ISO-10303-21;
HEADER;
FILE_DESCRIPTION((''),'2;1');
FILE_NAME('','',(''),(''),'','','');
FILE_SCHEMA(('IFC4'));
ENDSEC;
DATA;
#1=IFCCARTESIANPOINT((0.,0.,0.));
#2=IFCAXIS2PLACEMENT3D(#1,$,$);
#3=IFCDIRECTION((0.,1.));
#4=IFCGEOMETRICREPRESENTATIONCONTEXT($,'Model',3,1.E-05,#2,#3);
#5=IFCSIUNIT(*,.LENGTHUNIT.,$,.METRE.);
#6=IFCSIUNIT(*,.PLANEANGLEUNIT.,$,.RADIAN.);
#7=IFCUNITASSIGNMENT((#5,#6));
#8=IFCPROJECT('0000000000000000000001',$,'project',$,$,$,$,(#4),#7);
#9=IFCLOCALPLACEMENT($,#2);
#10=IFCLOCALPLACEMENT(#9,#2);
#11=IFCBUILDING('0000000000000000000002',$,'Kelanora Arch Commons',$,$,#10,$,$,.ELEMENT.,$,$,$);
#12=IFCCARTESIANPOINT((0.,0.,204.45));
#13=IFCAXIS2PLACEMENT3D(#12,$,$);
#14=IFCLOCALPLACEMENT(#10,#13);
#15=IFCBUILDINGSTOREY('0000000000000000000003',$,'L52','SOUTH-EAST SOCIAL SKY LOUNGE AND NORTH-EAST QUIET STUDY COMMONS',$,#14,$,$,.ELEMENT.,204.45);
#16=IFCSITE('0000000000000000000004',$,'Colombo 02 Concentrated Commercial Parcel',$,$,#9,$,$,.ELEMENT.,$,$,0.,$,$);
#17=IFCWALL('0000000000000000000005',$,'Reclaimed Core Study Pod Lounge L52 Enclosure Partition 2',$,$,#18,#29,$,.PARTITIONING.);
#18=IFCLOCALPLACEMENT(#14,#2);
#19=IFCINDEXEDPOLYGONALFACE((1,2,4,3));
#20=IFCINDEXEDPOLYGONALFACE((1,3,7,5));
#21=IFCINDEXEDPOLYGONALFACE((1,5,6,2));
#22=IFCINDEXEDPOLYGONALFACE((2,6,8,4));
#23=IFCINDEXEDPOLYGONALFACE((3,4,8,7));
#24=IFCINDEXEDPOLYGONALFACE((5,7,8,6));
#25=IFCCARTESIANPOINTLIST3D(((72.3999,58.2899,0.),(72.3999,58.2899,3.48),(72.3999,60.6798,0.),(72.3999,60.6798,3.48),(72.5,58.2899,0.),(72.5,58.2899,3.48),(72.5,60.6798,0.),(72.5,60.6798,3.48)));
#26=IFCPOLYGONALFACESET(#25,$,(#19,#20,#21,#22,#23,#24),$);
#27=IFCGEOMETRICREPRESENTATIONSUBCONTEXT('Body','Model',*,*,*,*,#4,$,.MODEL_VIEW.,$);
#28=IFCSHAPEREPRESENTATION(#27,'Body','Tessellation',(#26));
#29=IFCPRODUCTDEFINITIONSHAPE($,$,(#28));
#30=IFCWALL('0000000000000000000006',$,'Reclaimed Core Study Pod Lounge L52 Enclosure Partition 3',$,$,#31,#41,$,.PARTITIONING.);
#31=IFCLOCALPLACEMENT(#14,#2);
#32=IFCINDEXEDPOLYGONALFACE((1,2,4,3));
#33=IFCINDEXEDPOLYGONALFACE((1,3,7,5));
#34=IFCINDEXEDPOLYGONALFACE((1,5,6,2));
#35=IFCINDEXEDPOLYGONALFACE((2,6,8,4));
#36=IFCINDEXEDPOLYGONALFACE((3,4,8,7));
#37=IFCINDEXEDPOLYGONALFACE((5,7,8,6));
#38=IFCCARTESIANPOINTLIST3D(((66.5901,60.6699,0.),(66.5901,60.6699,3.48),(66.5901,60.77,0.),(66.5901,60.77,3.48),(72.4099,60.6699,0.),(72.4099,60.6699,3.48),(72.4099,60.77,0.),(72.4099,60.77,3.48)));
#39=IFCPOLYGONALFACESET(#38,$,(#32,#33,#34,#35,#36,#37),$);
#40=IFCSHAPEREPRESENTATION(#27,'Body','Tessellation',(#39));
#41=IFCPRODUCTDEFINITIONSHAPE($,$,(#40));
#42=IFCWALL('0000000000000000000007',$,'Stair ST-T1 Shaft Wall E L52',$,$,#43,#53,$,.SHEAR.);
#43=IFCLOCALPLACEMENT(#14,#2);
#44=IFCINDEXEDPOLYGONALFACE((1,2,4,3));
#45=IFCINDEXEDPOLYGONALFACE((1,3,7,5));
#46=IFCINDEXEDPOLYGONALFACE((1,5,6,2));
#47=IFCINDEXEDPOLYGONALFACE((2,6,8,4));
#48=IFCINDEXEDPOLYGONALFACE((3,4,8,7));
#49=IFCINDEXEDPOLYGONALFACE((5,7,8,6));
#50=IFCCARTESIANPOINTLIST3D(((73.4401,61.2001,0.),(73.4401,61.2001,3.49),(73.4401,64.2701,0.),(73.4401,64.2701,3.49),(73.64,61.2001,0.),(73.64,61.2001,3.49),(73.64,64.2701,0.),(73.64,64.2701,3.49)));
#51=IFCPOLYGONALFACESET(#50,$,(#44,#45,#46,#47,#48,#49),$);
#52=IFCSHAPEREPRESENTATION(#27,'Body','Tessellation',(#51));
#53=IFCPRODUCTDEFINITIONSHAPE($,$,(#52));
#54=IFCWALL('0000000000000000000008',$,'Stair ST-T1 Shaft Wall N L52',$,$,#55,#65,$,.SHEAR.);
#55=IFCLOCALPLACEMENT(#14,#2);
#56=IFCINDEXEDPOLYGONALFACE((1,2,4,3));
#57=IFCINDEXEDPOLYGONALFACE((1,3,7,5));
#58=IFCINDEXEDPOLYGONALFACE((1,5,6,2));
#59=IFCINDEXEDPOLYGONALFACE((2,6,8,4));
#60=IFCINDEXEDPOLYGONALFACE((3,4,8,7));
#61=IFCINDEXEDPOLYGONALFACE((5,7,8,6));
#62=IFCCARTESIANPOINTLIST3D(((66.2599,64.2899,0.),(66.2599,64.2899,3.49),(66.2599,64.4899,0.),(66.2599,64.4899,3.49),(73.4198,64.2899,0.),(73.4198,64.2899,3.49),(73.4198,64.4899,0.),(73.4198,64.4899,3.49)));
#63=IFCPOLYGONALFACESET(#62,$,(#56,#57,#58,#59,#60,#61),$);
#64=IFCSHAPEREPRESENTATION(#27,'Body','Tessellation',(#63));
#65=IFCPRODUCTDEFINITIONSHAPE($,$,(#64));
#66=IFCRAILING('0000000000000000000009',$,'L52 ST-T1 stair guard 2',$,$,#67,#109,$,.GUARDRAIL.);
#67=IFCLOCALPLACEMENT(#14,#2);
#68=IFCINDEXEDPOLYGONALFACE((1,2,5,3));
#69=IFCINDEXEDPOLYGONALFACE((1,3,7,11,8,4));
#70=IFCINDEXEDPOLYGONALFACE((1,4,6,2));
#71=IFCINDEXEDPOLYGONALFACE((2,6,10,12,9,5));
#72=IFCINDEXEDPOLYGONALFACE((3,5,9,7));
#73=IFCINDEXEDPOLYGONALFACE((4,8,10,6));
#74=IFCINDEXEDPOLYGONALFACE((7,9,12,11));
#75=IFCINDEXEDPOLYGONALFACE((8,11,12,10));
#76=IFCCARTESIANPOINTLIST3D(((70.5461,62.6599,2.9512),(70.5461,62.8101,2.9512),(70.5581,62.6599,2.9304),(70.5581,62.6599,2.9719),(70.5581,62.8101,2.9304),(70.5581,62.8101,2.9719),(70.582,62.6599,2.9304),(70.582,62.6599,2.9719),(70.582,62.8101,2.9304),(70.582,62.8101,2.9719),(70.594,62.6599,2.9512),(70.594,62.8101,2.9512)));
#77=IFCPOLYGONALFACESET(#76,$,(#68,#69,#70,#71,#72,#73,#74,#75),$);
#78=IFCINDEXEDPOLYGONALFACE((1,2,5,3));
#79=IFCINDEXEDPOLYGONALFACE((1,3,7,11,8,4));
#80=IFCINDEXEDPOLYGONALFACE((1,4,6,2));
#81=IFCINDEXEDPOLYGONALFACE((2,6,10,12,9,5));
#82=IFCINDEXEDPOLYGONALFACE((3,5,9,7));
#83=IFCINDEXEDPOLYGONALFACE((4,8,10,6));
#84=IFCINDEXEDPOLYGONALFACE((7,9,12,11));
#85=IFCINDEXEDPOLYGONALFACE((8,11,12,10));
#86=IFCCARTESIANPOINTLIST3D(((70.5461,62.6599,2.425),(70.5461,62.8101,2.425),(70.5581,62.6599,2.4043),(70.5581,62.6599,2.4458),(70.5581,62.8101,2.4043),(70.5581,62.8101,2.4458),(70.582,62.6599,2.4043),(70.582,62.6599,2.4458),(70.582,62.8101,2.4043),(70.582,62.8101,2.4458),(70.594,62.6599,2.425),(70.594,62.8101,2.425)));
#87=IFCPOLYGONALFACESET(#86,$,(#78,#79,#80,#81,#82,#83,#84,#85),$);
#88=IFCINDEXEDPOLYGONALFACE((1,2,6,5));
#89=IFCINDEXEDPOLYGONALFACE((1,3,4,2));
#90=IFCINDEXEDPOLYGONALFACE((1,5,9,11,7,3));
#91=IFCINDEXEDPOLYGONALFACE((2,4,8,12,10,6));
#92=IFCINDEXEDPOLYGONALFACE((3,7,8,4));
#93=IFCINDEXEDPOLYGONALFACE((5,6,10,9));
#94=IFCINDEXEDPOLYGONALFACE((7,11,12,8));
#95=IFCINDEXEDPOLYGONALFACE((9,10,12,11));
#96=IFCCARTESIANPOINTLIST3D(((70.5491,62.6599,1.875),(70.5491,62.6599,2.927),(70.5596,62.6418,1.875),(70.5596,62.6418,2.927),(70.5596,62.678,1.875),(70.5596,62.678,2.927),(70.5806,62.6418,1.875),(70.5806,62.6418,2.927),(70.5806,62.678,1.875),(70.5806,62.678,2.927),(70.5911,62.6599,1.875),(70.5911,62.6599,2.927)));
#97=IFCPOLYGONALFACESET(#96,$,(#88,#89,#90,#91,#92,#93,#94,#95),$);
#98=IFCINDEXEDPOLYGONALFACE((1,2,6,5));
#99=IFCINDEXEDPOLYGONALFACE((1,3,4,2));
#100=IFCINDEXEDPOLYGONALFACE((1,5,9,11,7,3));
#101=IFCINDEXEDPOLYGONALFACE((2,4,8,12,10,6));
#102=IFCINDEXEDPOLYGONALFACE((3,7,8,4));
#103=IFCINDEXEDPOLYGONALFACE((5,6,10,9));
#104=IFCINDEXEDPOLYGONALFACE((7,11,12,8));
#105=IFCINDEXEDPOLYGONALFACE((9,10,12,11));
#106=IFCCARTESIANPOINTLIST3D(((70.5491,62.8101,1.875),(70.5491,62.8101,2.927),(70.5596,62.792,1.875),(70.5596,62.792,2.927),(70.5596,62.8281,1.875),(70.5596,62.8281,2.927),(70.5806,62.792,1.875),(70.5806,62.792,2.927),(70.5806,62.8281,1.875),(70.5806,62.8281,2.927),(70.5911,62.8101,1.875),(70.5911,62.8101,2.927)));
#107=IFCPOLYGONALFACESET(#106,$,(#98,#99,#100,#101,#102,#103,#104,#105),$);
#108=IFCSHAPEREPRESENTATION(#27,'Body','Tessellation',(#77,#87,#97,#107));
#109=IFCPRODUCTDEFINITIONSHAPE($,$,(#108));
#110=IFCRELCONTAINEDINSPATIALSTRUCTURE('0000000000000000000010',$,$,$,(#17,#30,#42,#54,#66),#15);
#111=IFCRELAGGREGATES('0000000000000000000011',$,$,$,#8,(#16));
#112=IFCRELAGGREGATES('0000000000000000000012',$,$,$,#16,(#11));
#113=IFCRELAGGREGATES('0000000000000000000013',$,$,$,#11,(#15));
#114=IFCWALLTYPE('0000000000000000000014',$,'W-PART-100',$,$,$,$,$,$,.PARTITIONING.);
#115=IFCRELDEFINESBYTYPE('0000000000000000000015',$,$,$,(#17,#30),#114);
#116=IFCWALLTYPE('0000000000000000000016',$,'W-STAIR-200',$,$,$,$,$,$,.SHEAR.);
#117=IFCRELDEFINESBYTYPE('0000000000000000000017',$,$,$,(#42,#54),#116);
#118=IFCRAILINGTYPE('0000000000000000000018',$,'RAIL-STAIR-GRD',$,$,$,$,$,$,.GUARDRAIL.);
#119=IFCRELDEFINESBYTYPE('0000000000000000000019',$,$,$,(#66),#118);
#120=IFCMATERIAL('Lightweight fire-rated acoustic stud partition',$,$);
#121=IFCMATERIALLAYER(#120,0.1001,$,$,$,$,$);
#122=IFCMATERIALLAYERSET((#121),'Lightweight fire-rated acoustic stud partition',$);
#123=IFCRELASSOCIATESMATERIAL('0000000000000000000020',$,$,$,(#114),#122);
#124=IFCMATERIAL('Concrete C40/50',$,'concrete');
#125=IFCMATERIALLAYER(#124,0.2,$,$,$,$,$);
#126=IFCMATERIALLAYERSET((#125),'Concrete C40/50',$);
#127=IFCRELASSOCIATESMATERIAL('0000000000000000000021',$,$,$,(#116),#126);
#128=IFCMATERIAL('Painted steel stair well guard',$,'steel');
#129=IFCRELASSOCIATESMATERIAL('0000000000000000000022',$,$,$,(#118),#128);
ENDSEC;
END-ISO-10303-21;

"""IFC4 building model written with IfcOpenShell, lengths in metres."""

from ifc_helpers import new_model, si_unit, direction, frame, frame_2d, origin, place, context, subcontext, project, spatial, polyline, rectangle, outline, extrude, material, layer, layer_set, type_object, element, save


model = new_model("IFC4")

# Units and contexts
model_context = context("Model", 3, precision=1e-05, world=origin(), true_north=direction((0.0, 1.0)))
body_context = subcontext(model_context, "Body", "Model", "MODEL_VIEW")
ifc_project = project(units=[si_unit("LENGTHUNIT", "METRE"), si_unit("PLANEANGLEUNIT", "RADIAN")], contexts=[model_context])

# Site, building, storey
site_placement = place(None, origin())
site = spatial("IfcSite", under=ifc_project, at=site_placement, Name="Colombo 02 Concentrated Commercial Parcel", CompositionType="ELEMENT", RefElevation=0.0)
building_placement = place(site_placement, origin())
building = spatial("IfcBuilding", under=site, at=building_placement, Name="Kelanora Arch Commons", CompositionType="ELEMENT")
storey_placement = place(building_placement, frame((0.0, 0.0, 204.45)))
storey = spatial("IfcBuildingStorey", under=building, at=storey_placement, Name="L52", Description="SOUTH-EAST SOCIAL SKY LOUNGE AND NORTH-EAST QUIET STUDY COMMONS", CompositionType="ELEMENT", Elevation=204.45)

# Shared definitions
ifc_material_1 = material(Name="Concrete C40/50", Category="concrete")

# Walls
ifc_material_2 = material(Name="Lightweight fire-rated acoustic stud partition")
ifc_layer_1 = layer(ifc_material_2, 0.1001)
ifc_layer_set_1 = layer_set([ifc_layer_1], Name="Lightweight fire-rated acoustic stud partition")
wall_type_1 = type_object("IfcWallType", Name="W-PART-100", PredefinedType="PARTITIONING", material=ifc_layer_set_1)
wall_1_placement = place(storey_placement, frame((72.45, 58.29, 0.0), z_axis=(0.0, 0.0, 1.0), x_axis=(0.0, 1.0, 0.0)))
element("IfcWall", 1, at=wall_1_placement, inside=storey, type_object=wall_type_1, Name="Reclaimed Core Study Pod Lounge L52 Enclosure Partition 2", PredefinedType="PARTITIONING", context=body_context, shape_type="SweptSolid", body=[
    extrude(rectangle(XDim=2.3899, YDim=0.1001, at=frame_2d((1.1948, 0.0))), origin(), (0.0, 0.0, 1.0), 3.48),
])
wall_2_placement = place(storey_placement, frame((72.4099, 60.72, 0.0), z_axis=(0.0, 0.0, 1.0), x_axis=(-1.0, 0.0, 0.0)))
element("IfcWall", 2, at=wall_2_placement, inside=storey, type_object=wall_type_1, Name="Reclaimed Core Study Pod Lounge L52 Enclosure Partition 3", PredefinedType="PARTITIONING", context=body_context, shape_type="SweptSolid", body=[
    extrude(rectangle(XDim=5.8198, YDim=0.1001, at=frame_2d((2.9099, 0.0))), origin(), (0.0, 0.0, 1.0), 3.48),
])
ifc_layer_2 = layer(ifc_material_1, 0.2)
ifc_layer_set_2 = layer_set([ifc_layer_2], Name="Concrete C40/50")
wall_type_2 = type_object("IfcWallType", Name="W-STAIR-200", PredefinedType="SHEAR", material=ifc_layer_set_2)
wall_3_placement = place(storey_placement, frame((73.54, 61.2, 0.0), z_axis=(0.0, 0.0, 1.0), x_axis=(0.0, 1.0, 0.0)))
element("IfcWall", 3, at=wall_3_placement, inside=storey, type_object=wall_type_2, Name="Stair ST-T1 Shaft Wall E L52", PredefinedType="SHEAR", context=body_context, shape_type="SweptSolid", body=[
    extrude(rectangle(XDim=3.0701, YDim=0.2, at=frame_2d((1.5352, 0.0))), origin(), (0.0, 0.0, 1.0), 3.49),
])
wall_4_placement = place(storey_placement, frame((73.4199, 64.3899, 0.0), z_axis=(0.0, 0.0, 1.0), x_axis=(-1.0, 0.0, 0.0)))
element("IfcWall", 4, at=wall_4_placement, inside=storey, type_object=wall_type_2, Name="Stair ST-T1 Shaft Wall N L52", PredefinedType="SHEAR", context=body_context, shape_type="SweptSolid", body=[
    extrude(rectangle(XDim=7.1599, YDim=0.2, at=frame_2d((3.5801, 0.0))), origin(), (0.0, 0.0, 1.0), 3.49),
])

# Railing
ifc_material_3 = material(Name="Painted steel stair well guard", Category="steel")
railing_type = type_object("IfcRailingType", Name="RAIL-STAIR-GRD", PredefinedType="GUARDRAIL", material=ifc_material_3)
railing_placement = place(storey_placement, frame((70.5701, 62.6599, 1.875)))
element("IfcRailing", 5, at=railing_placement, inside=storey, type_object=railing_type, Name="L52 ST-T1 stair guard 2", PredefinedType="GUARDRAIL", context=body_context, shape_type="SweptSolid", body=[
    extrude(outline(polyline([(0.0239, 0.0), (0.012, 0.0208), (-0.012, 0.0208), (-0.0239, 0.0), (-0.012, -0.0208), (0.012, -0.0208), (0.0239, 0.0)])), frame((0.0, 0.0, 1.0762), z_axis=(0.0, 1.0, 0.0), x_axis=(-1.0, 0.0, 0.0)), (0.0, 0.0, 1.0), 0.1501),
    extrude(outline(polyline([(0.0239, 0.0), (0.012, 0.0208), (-0.012, 0.0208), (-0.0239, 0.0), (-0.012, -0.0208), (0.012, -0.0208), (0.0239, 0.0)])), frame((0.0, 0.0, 0.55), z_axis=(0.0, 1.0, 0.0), x_axis=(-1.0, 0.0, 0.0)), (0.0, 0.0, 1.0), 0.1501),
    extrude(outline(polyline([(0.021, 0.0), (0.0105, 0.0181), (-0.0105, 0.0181), (-0.021, 0.0), (-0.0105, -0.0181), (0.0105, -0.0181), (0.021, 0.0)])), origin(), (0.0, 0.0, 1.0), 1.052),
    extrude(outline(polyline([(0.021, 0.0), (0.0105, 0.0181), (-0.0105, 0.0181), (-0.021, 0.0), (-0.0105, -0.0181), (0.0105, -0.0181), (0.021, 0.0)])), frame((0.0, 0.1501, 0.0)), (0.0, 0.0, 1.0), 1.052),
])

save(model, "model.ifc")
